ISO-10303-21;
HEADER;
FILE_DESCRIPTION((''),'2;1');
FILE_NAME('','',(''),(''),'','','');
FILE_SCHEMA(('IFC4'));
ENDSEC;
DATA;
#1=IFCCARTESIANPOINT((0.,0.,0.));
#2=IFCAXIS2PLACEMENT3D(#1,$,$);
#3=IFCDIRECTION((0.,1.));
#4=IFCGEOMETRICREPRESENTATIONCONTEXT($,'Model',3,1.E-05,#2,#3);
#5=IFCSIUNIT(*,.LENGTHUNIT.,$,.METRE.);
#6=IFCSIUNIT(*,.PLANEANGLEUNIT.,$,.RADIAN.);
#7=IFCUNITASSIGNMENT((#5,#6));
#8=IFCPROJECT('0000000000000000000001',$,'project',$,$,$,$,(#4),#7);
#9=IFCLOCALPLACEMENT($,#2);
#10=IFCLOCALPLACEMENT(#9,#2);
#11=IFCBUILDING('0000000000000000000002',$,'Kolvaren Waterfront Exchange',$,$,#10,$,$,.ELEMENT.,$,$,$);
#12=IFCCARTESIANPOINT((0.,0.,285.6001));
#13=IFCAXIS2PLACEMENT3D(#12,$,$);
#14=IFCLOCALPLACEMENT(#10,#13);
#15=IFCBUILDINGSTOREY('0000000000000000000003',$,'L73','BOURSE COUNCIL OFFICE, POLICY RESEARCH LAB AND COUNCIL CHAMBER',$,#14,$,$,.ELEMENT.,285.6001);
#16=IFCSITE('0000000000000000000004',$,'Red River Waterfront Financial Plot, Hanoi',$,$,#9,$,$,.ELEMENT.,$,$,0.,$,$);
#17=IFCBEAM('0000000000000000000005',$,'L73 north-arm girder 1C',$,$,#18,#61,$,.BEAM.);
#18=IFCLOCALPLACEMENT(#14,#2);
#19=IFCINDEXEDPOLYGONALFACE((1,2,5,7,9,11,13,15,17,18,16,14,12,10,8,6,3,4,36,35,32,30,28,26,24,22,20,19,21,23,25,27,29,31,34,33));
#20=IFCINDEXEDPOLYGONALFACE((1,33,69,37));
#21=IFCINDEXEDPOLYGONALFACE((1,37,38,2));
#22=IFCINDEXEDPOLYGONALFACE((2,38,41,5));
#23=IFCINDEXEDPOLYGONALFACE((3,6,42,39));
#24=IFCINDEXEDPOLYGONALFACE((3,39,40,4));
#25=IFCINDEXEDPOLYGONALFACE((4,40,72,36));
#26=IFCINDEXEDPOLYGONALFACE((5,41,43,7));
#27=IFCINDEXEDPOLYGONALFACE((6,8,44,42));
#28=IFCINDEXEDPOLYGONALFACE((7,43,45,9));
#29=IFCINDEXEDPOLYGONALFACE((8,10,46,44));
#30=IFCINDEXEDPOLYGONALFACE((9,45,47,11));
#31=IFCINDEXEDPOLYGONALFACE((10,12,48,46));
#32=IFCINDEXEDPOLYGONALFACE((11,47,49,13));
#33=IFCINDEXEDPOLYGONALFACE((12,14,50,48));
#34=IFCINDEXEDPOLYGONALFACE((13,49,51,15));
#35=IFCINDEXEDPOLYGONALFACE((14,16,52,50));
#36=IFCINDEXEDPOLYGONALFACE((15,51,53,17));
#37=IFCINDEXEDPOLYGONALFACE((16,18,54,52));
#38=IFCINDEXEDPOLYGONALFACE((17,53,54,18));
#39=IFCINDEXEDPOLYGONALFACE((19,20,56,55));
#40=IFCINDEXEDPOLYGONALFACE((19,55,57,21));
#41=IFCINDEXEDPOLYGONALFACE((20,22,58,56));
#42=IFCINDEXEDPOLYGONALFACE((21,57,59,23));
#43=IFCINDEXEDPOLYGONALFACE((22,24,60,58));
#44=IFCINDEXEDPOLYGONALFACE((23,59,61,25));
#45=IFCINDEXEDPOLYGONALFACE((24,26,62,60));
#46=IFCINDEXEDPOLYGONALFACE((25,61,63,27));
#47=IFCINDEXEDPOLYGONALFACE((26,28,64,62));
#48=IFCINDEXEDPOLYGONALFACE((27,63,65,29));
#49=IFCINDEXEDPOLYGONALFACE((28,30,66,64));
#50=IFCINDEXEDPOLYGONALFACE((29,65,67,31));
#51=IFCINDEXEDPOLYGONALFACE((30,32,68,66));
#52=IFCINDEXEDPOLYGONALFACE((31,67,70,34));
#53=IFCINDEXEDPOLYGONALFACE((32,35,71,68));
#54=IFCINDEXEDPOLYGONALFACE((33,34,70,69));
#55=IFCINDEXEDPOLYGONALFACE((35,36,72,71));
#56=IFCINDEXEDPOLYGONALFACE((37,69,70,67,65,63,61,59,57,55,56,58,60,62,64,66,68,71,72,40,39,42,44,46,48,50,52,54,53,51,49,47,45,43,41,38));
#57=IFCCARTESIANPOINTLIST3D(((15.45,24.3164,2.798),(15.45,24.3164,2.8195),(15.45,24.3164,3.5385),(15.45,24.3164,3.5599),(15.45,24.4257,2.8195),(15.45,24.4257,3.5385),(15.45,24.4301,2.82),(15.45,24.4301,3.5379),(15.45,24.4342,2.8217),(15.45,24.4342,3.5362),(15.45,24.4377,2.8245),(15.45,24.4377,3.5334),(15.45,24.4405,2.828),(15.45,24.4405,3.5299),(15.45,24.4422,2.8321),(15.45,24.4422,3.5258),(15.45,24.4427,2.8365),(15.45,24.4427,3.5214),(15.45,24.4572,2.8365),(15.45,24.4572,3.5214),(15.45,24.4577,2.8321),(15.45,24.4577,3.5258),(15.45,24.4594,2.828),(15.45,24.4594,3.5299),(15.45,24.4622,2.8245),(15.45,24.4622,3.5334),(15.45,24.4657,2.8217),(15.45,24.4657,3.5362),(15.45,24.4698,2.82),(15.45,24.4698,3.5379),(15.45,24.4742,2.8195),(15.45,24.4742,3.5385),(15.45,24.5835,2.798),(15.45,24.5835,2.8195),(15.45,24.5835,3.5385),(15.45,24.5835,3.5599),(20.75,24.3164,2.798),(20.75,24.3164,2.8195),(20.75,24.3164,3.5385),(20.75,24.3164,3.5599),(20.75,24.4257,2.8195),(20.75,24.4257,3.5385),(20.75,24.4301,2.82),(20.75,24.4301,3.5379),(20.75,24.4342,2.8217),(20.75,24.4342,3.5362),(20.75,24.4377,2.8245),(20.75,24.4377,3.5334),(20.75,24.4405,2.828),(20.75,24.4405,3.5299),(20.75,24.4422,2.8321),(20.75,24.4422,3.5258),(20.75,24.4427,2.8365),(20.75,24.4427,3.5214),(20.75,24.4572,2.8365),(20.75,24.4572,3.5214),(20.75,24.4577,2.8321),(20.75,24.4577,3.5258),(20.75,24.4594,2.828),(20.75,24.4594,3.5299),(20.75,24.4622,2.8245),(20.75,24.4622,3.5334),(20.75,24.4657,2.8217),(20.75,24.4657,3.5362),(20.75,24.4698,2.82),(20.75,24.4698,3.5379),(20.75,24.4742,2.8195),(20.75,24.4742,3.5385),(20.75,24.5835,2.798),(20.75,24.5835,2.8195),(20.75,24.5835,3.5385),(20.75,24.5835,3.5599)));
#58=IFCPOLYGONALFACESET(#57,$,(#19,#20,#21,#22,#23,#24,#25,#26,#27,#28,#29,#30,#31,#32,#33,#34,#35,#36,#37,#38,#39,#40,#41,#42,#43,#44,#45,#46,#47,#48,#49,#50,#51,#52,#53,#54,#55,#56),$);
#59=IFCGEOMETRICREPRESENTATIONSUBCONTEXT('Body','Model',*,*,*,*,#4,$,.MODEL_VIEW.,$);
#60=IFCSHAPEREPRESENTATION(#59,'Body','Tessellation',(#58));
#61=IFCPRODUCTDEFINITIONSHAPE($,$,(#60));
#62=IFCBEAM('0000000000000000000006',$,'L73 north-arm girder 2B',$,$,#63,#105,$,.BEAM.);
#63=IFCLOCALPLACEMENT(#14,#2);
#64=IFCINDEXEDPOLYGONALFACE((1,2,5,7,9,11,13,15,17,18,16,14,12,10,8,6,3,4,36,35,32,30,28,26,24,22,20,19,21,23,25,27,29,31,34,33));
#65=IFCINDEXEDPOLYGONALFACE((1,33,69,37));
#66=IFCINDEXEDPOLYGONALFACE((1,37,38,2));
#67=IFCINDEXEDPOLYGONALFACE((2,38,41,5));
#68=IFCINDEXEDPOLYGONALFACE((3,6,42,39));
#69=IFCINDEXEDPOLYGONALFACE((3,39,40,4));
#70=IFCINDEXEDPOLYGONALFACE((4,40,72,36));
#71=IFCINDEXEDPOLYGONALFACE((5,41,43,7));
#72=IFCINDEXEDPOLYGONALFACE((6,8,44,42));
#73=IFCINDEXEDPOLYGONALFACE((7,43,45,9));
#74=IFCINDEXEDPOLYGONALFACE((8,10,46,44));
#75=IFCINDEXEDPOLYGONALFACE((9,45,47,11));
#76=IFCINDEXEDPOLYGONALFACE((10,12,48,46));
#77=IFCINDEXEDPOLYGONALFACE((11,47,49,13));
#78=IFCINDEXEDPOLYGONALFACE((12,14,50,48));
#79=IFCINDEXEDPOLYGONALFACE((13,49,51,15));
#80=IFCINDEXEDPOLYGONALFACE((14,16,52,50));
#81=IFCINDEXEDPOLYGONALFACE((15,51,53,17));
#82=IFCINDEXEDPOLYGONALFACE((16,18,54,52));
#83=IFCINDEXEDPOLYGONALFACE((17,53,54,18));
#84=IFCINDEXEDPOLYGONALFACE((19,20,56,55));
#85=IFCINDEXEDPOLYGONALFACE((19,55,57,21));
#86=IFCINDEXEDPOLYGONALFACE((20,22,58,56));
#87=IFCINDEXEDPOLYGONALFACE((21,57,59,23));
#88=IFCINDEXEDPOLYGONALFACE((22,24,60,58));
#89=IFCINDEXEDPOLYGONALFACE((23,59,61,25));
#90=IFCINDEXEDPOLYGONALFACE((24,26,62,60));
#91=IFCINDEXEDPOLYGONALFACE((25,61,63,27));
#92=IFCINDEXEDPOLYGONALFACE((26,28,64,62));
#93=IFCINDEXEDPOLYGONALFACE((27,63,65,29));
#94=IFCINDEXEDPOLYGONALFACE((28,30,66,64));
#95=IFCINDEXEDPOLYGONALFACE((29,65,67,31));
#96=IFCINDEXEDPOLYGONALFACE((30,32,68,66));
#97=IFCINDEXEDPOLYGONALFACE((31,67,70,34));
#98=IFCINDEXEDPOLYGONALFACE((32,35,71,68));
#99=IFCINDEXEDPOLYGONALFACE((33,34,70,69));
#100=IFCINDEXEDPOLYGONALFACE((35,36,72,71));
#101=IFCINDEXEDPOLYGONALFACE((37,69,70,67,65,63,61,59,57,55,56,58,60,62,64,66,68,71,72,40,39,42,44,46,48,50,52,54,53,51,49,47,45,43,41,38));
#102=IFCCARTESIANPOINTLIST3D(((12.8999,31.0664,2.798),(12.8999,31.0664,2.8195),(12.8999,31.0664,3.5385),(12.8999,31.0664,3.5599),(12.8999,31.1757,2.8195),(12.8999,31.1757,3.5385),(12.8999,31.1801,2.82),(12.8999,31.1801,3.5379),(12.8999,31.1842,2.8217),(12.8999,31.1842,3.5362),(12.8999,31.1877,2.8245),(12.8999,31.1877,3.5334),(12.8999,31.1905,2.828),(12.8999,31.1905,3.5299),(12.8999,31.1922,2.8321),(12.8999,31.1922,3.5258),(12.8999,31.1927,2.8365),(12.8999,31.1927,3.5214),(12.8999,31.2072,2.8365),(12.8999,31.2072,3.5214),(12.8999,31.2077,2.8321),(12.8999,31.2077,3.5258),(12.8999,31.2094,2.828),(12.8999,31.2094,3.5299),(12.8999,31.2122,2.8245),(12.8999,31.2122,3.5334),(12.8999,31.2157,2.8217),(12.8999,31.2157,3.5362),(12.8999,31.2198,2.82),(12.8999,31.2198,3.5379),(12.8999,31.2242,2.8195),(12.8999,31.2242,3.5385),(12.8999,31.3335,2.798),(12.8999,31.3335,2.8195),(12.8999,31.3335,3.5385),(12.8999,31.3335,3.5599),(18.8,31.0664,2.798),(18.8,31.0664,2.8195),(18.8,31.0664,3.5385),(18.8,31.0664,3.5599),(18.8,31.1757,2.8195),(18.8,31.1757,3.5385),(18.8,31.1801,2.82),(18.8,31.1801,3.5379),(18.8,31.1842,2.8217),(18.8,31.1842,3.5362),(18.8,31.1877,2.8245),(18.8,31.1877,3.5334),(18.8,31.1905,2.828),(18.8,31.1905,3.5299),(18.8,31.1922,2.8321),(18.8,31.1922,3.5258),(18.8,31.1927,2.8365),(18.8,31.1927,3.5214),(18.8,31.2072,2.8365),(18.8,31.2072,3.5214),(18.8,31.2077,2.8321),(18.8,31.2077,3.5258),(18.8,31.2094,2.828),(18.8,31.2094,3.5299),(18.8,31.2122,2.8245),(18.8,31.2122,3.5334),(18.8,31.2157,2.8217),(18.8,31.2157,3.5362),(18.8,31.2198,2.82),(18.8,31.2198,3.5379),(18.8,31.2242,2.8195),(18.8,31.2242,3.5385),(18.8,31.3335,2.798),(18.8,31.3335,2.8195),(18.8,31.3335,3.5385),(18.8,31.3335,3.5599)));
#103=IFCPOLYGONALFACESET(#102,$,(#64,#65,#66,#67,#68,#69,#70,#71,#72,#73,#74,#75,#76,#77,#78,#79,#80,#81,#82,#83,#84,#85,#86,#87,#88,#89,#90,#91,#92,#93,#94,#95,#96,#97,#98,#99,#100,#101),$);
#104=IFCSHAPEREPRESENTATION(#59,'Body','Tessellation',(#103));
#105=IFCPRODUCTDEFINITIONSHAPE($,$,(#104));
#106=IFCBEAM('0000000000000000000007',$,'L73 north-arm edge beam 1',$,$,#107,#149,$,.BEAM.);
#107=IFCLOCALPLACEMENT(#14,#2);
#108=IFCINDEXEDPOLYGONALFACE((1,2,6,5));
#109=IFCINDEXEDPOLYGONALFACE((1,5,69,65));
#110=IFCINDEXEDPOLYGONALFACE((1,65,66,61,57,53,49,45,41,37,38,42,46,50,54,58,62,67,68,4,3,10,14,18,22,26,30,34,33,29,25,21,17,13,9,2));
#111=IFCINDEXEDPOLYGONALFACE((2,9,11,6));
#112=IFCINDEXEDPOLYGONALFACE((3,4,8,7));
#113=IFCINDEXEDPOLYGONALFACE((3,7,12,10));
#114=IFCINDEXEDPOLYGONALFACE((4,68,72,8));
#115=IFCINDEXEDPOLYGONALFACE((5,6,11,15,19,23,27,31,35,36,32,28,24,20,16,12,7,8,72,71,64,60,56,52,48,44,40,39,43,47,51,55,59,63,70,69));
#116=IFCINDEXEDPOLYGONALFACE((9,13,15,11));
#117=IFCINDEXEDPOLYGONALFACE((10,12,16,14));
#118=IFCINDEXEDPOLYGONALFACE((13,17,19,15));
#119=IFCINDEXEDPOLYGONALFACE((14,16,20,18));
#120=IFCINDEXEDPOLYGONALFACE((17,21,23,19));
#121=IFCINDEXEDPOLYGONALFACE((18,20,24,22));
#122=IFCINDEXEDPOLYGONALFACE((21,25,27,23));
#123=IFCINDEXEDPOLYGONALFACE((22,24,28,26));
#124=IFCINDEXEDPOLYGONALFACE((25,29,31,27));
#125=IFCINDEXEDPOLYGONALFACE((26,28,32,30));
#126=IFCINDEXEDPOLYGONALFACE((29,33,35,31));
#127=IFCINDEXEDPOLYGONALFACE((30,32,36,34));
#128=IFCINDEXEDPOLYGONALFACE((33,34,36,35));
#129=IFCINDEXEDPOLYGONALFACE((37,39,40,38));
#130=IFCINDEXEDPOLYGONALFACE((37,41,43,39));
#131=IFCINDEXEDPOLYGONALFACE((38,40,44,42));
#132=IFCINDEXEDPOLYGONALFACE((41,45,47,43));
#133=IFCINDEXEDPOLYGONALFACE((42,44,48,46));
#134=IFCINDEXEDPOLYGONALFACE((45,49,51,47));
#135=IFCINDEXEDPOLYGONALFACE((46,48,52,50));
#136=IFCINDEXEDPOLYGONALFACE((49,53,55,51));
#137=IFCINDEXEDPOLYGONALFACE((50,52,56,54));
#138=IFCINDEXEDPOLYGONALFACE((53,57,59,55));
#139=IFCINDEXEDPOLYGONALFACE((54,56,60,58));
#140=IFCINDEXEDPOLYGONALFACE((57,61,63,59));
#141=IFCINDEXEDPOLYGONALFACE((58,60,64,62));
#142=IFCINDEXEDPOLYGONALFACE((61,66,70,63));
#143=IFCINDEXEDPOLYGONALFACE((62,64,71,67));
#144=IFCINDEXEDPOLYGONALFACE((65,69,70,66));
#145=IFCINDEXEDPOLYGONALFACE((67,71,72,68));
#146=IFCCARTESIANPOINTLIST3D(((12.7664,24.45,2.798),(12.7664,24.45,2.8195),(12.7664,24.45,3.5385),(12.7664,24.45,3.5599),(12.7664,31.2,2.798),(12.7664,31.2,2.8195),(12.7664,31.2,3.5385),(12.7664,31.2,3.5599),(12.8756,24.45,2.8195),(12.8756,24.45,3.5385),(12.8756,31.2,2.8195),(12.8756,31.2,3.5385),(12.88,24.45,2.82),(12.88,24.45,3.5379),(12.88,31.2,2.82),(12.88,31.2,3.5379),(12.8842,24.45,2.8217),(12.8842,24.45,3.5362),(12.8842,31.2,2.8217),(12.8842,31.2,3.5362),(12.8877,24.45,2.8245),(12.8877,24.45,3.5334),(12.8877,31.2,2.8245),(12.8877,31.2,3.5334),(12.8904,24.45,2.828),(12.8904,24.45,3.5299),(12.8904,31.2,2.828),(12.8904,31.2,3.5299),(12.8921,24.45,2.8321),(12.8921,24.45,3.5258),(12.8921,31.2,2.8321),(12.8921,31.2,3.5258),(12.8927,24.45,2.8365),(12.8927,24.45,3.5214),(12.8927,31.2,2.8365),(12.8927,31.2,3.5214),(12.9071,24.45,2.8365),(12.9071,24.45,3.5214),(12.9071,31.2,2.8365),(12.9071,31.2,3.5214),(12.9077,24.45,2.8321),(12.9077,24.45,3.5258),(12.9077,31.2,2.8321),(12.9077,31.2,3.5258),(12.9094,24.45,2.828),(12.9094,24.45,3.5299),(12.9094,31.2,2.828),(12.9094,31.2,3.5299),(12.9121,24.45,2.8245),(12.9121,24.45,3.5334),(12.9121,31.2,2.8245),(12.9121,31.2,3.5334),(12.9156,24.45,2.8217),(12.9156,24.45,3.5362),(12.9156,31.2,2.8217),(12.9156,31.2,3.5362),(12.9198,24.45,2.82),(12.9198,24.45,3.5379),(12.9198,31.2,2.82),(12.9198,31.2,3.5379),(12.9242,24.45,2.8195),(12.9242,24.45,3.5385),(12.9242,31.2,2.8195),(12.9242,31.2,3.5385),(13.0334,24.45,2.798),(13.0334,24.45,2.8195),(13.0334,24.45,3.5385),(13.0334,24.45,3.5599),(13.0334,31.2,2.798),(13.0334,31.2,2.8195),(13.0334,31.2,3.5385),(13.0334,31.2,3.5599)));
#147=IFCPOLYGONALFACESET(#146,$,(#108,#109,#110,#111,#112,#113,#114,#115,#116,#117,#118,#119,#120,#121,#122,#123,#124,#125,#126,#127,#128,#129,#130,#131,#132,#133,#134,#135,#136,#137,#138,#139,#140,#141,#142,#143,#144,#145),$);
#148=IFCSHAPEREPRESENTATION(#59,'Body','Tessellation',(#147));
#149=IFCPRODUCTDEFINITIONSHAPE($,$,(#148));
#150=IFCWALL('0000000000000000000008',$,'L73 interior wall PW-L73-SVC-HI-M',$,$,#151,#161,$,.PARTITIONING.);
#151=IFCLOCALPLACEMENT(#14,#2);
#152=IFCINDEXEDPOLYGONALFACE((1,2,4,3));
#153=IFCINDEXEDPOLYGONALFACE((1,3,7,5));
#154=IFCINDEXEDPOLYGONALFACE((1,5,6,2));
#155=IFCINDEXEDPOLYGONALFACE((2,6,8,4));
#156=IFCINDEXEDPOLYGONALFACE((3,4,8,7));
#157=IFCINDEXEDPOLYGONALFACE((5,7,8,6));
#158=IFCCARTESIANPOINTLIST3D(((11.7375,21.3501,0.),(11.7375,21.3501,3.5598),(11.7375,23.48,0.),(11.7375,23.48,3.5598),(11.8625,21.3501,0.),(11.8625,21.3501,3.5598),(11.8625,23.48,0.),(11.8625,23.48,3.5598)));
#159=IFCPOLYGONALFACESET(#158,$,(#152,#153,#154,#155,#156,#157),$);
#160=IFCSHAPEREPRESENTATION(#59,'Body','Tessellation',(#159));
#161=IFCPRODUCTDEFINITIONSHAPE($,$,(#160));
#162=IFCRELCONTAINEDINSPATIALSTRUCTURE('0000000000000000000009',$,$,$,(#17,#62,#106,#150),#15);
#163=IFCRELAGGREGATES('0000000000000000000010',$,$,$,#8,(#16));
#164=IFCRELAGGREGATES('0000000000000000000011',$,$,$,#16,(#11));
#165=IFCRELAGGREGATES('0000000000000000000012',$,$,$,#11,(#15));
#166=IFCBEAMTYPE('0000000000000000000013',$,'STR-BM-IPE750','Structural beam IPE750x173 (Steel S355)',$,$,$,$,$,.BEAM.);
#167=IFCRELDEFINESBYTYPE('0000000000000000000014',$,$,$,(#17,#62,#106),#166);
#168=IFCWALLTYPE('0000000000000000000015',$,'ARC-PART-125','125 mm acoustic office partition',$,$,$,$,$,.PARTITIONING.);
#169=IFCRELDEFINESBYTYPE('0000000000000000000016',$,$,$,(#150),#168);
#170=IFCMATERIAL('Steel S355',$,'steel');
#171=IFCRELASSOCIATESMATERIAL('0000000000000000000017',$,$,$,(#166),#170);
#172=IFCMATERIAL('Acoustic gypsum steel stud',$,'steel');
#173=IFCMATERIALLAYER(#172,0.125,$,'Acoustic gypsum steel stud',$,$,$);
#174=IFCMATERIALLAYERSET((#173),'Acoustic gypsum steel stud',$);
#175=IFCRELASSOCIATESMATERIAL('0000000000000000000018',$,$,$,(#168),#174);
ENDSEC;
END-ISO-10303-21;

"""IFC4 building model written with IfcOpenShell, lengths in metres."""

from ifc_helpers import new_model, si_unit, direction, frame, frame_2d, origin, origin_2d, place, context, subcontext, project, spatial, rectangle, i_section, extrude, material, layer, layer_set, material_profile, profile_set, type_object, element, save


model = new_model("IFC4")

# Units and contexts
model_context = context("Model", 3, precision=1e-05, world=origin(), true_north=direction((0.0, 1.0)))
body_context = subcontext(model_context, "Body", "Model", "MODEL_VIEW")
ifc_project = project(units=[si_unit("LENGTHUNIT", "METRE"), si_unit("PLANEANGLEUNIT", "RADIAN")], contexts=[model_context])

# Site, building, storey
site_placement = place(None, origin())
site = spatial("IfcSite", under=ifc_project, at=site_placement, Name="Red River Waterfront Financial Plot, Hanoi", CompositionType="ELEMENT", RefElevation=0.0)
building_placement = place(site_placement, origin())
building = spatial("IfcBuilding", under=site, at=building_placement, Name="Kolvaren Waterfront Exchange", CompositionType="ELEMENT")
storey_placement = place(building_placement, frame((0.0, 0.0, 285.6001)))
storey = spatial("IfcBuildingStorey", under=building, at=storey_placement, Name="L73", Description="BOURSE COUNCIL OFFICE, POLICY RESEARCH LAB AND COUNCIL CHAMBER", CompositionType="ELEMENT", Elevation=285.6001)

# Beams
ifc_material_1 = material(Name="Steel S355", Category="steel")
ifc_material_profile_1 = material_profile(ifc_material_1, i_section(OverallWidth=0.2671, OverallDepth=0.762, WebThickness=0.0144, FlangeThickness=0.0215, FilletRadius=0.0171, at=origin_2d()), Name="IPE750x173")
ifc_profile_set_1 = profile_set([ifc_material_profile_1], Name="Steel S355")
beam_type_1 = type_object("IfcBeamType", Name="STR-BM-IPE750", Description="Structural beam IPE750x173 (Steel S355)", PredefinedType="BEAM", material=ifc_profile_set_1)
beam_1_placement = place(storey_placement, frame((15.45, 24.45, 3.179), z_axis=(1.0, 0.0, 0.0), x_axis=(0.0, 1.0, 0.0)))
element("IfcBeam", 1, at=beam_1_placement, inside=storey, type_object=beam_type_1, Name="L73 north-arm girder 1C", PredefinedType="BEAM", context=body_context, shape_type="SweptSolid", body=[
    extrude(i_section(OverallWidth=0.2671, OverallDepth=0.762, WebThickness=0.0144, FlangeThickness=0.0215, FilletRadius=0.0171, at=origin_2d()), origin(), (0.0, 0.0, 1.0), 5.3),
])
beam_2_placement = place(storey_placement, frame((12.8999, 31.2, 3.179), z_axis=(1.0, 0.0, 0.0), x_axis=(0.0, 1.0, 0.0)))
element("IfcBeam", 2, at=beam_2_placement, inside=storey, type_object=beam_type_1, Name="L73 north-arm girder 2B", PredefinedType="BEAM", context=body_context, shape_type="SweptSolid", body=[
    extrude(i_section(OverallWidth=0.2671, OverallDepth=0.762, WebThickness=0.0144, FlangeThickness=0.0215, FilletRadius=0.0171, at=origin_2d()), origin(), (0.0, 0.0, 1.0), 5.9001),
])
beam_3_placement = place(storey_placement, frame((12.8999, 24.45, 3.179), z_axis=(0.0, 1.0, 0.0), x_axis=(-1.0, 0.0, 0.0)))
element("IfcBeam", 3, at=beam_3_placement, inside=storey, type_object=beam_type_1, Name="L73 north-arm edge beam 1", PredefinedType="BEAM", context=body_context, shape_type="SweptSolid", body=[
    extrude(i_section(OverallWidth=0.2671, OverallDepth=0.762, WebThickness=0.0144, FlangeThickness=0.0215, FilletRadius=0.0171, at=origin_2d()), origin(), (0.0, 0.0, 1.0), 6.75),
])

# Shared definitions
ifc_material_2 = material(Name="Acoustic gypsum steel stud", Category="steel")
ifc_layer_1 = layer(ifc_material_2, 0.125, Name="Acoustic gypsum steel stud")
ifc_layer_set_1 = layer_set([ifc_layer_1], Name="Acoustic gypsum steel stud")
wall_type_1 = type_object("IfcWallType", Name="ARC-PART-125", Description="125 mm acoustic office partition", PredefinedType="PARTITIONING", material=ifc_layer_set_1)

# Wall
wall_1_placement = place(storey_placement, frame((11.8, 21.3501, 0.0), z_axis=(0.0, 0.0, 1.0), x_axis=(0.0, 1.0, 0.0)))
element("IfcWall", 4, at=wall_1_placement, inside=storey, type_object=wall_type_1, Name="L73 interior wall PW-L73-SVC-HI-M", PredefinedType="PARTITIONING", context=body_context, shape_type="SweptSolid", body=[
    extrude(rectangle(XDim=2.1299, YDim=0.125, at=frame_2d((1.0649, 0.0))), origin(), (0.0, 0.0, 1.0), 3.5598),
])

save(model, "model.ifc")
